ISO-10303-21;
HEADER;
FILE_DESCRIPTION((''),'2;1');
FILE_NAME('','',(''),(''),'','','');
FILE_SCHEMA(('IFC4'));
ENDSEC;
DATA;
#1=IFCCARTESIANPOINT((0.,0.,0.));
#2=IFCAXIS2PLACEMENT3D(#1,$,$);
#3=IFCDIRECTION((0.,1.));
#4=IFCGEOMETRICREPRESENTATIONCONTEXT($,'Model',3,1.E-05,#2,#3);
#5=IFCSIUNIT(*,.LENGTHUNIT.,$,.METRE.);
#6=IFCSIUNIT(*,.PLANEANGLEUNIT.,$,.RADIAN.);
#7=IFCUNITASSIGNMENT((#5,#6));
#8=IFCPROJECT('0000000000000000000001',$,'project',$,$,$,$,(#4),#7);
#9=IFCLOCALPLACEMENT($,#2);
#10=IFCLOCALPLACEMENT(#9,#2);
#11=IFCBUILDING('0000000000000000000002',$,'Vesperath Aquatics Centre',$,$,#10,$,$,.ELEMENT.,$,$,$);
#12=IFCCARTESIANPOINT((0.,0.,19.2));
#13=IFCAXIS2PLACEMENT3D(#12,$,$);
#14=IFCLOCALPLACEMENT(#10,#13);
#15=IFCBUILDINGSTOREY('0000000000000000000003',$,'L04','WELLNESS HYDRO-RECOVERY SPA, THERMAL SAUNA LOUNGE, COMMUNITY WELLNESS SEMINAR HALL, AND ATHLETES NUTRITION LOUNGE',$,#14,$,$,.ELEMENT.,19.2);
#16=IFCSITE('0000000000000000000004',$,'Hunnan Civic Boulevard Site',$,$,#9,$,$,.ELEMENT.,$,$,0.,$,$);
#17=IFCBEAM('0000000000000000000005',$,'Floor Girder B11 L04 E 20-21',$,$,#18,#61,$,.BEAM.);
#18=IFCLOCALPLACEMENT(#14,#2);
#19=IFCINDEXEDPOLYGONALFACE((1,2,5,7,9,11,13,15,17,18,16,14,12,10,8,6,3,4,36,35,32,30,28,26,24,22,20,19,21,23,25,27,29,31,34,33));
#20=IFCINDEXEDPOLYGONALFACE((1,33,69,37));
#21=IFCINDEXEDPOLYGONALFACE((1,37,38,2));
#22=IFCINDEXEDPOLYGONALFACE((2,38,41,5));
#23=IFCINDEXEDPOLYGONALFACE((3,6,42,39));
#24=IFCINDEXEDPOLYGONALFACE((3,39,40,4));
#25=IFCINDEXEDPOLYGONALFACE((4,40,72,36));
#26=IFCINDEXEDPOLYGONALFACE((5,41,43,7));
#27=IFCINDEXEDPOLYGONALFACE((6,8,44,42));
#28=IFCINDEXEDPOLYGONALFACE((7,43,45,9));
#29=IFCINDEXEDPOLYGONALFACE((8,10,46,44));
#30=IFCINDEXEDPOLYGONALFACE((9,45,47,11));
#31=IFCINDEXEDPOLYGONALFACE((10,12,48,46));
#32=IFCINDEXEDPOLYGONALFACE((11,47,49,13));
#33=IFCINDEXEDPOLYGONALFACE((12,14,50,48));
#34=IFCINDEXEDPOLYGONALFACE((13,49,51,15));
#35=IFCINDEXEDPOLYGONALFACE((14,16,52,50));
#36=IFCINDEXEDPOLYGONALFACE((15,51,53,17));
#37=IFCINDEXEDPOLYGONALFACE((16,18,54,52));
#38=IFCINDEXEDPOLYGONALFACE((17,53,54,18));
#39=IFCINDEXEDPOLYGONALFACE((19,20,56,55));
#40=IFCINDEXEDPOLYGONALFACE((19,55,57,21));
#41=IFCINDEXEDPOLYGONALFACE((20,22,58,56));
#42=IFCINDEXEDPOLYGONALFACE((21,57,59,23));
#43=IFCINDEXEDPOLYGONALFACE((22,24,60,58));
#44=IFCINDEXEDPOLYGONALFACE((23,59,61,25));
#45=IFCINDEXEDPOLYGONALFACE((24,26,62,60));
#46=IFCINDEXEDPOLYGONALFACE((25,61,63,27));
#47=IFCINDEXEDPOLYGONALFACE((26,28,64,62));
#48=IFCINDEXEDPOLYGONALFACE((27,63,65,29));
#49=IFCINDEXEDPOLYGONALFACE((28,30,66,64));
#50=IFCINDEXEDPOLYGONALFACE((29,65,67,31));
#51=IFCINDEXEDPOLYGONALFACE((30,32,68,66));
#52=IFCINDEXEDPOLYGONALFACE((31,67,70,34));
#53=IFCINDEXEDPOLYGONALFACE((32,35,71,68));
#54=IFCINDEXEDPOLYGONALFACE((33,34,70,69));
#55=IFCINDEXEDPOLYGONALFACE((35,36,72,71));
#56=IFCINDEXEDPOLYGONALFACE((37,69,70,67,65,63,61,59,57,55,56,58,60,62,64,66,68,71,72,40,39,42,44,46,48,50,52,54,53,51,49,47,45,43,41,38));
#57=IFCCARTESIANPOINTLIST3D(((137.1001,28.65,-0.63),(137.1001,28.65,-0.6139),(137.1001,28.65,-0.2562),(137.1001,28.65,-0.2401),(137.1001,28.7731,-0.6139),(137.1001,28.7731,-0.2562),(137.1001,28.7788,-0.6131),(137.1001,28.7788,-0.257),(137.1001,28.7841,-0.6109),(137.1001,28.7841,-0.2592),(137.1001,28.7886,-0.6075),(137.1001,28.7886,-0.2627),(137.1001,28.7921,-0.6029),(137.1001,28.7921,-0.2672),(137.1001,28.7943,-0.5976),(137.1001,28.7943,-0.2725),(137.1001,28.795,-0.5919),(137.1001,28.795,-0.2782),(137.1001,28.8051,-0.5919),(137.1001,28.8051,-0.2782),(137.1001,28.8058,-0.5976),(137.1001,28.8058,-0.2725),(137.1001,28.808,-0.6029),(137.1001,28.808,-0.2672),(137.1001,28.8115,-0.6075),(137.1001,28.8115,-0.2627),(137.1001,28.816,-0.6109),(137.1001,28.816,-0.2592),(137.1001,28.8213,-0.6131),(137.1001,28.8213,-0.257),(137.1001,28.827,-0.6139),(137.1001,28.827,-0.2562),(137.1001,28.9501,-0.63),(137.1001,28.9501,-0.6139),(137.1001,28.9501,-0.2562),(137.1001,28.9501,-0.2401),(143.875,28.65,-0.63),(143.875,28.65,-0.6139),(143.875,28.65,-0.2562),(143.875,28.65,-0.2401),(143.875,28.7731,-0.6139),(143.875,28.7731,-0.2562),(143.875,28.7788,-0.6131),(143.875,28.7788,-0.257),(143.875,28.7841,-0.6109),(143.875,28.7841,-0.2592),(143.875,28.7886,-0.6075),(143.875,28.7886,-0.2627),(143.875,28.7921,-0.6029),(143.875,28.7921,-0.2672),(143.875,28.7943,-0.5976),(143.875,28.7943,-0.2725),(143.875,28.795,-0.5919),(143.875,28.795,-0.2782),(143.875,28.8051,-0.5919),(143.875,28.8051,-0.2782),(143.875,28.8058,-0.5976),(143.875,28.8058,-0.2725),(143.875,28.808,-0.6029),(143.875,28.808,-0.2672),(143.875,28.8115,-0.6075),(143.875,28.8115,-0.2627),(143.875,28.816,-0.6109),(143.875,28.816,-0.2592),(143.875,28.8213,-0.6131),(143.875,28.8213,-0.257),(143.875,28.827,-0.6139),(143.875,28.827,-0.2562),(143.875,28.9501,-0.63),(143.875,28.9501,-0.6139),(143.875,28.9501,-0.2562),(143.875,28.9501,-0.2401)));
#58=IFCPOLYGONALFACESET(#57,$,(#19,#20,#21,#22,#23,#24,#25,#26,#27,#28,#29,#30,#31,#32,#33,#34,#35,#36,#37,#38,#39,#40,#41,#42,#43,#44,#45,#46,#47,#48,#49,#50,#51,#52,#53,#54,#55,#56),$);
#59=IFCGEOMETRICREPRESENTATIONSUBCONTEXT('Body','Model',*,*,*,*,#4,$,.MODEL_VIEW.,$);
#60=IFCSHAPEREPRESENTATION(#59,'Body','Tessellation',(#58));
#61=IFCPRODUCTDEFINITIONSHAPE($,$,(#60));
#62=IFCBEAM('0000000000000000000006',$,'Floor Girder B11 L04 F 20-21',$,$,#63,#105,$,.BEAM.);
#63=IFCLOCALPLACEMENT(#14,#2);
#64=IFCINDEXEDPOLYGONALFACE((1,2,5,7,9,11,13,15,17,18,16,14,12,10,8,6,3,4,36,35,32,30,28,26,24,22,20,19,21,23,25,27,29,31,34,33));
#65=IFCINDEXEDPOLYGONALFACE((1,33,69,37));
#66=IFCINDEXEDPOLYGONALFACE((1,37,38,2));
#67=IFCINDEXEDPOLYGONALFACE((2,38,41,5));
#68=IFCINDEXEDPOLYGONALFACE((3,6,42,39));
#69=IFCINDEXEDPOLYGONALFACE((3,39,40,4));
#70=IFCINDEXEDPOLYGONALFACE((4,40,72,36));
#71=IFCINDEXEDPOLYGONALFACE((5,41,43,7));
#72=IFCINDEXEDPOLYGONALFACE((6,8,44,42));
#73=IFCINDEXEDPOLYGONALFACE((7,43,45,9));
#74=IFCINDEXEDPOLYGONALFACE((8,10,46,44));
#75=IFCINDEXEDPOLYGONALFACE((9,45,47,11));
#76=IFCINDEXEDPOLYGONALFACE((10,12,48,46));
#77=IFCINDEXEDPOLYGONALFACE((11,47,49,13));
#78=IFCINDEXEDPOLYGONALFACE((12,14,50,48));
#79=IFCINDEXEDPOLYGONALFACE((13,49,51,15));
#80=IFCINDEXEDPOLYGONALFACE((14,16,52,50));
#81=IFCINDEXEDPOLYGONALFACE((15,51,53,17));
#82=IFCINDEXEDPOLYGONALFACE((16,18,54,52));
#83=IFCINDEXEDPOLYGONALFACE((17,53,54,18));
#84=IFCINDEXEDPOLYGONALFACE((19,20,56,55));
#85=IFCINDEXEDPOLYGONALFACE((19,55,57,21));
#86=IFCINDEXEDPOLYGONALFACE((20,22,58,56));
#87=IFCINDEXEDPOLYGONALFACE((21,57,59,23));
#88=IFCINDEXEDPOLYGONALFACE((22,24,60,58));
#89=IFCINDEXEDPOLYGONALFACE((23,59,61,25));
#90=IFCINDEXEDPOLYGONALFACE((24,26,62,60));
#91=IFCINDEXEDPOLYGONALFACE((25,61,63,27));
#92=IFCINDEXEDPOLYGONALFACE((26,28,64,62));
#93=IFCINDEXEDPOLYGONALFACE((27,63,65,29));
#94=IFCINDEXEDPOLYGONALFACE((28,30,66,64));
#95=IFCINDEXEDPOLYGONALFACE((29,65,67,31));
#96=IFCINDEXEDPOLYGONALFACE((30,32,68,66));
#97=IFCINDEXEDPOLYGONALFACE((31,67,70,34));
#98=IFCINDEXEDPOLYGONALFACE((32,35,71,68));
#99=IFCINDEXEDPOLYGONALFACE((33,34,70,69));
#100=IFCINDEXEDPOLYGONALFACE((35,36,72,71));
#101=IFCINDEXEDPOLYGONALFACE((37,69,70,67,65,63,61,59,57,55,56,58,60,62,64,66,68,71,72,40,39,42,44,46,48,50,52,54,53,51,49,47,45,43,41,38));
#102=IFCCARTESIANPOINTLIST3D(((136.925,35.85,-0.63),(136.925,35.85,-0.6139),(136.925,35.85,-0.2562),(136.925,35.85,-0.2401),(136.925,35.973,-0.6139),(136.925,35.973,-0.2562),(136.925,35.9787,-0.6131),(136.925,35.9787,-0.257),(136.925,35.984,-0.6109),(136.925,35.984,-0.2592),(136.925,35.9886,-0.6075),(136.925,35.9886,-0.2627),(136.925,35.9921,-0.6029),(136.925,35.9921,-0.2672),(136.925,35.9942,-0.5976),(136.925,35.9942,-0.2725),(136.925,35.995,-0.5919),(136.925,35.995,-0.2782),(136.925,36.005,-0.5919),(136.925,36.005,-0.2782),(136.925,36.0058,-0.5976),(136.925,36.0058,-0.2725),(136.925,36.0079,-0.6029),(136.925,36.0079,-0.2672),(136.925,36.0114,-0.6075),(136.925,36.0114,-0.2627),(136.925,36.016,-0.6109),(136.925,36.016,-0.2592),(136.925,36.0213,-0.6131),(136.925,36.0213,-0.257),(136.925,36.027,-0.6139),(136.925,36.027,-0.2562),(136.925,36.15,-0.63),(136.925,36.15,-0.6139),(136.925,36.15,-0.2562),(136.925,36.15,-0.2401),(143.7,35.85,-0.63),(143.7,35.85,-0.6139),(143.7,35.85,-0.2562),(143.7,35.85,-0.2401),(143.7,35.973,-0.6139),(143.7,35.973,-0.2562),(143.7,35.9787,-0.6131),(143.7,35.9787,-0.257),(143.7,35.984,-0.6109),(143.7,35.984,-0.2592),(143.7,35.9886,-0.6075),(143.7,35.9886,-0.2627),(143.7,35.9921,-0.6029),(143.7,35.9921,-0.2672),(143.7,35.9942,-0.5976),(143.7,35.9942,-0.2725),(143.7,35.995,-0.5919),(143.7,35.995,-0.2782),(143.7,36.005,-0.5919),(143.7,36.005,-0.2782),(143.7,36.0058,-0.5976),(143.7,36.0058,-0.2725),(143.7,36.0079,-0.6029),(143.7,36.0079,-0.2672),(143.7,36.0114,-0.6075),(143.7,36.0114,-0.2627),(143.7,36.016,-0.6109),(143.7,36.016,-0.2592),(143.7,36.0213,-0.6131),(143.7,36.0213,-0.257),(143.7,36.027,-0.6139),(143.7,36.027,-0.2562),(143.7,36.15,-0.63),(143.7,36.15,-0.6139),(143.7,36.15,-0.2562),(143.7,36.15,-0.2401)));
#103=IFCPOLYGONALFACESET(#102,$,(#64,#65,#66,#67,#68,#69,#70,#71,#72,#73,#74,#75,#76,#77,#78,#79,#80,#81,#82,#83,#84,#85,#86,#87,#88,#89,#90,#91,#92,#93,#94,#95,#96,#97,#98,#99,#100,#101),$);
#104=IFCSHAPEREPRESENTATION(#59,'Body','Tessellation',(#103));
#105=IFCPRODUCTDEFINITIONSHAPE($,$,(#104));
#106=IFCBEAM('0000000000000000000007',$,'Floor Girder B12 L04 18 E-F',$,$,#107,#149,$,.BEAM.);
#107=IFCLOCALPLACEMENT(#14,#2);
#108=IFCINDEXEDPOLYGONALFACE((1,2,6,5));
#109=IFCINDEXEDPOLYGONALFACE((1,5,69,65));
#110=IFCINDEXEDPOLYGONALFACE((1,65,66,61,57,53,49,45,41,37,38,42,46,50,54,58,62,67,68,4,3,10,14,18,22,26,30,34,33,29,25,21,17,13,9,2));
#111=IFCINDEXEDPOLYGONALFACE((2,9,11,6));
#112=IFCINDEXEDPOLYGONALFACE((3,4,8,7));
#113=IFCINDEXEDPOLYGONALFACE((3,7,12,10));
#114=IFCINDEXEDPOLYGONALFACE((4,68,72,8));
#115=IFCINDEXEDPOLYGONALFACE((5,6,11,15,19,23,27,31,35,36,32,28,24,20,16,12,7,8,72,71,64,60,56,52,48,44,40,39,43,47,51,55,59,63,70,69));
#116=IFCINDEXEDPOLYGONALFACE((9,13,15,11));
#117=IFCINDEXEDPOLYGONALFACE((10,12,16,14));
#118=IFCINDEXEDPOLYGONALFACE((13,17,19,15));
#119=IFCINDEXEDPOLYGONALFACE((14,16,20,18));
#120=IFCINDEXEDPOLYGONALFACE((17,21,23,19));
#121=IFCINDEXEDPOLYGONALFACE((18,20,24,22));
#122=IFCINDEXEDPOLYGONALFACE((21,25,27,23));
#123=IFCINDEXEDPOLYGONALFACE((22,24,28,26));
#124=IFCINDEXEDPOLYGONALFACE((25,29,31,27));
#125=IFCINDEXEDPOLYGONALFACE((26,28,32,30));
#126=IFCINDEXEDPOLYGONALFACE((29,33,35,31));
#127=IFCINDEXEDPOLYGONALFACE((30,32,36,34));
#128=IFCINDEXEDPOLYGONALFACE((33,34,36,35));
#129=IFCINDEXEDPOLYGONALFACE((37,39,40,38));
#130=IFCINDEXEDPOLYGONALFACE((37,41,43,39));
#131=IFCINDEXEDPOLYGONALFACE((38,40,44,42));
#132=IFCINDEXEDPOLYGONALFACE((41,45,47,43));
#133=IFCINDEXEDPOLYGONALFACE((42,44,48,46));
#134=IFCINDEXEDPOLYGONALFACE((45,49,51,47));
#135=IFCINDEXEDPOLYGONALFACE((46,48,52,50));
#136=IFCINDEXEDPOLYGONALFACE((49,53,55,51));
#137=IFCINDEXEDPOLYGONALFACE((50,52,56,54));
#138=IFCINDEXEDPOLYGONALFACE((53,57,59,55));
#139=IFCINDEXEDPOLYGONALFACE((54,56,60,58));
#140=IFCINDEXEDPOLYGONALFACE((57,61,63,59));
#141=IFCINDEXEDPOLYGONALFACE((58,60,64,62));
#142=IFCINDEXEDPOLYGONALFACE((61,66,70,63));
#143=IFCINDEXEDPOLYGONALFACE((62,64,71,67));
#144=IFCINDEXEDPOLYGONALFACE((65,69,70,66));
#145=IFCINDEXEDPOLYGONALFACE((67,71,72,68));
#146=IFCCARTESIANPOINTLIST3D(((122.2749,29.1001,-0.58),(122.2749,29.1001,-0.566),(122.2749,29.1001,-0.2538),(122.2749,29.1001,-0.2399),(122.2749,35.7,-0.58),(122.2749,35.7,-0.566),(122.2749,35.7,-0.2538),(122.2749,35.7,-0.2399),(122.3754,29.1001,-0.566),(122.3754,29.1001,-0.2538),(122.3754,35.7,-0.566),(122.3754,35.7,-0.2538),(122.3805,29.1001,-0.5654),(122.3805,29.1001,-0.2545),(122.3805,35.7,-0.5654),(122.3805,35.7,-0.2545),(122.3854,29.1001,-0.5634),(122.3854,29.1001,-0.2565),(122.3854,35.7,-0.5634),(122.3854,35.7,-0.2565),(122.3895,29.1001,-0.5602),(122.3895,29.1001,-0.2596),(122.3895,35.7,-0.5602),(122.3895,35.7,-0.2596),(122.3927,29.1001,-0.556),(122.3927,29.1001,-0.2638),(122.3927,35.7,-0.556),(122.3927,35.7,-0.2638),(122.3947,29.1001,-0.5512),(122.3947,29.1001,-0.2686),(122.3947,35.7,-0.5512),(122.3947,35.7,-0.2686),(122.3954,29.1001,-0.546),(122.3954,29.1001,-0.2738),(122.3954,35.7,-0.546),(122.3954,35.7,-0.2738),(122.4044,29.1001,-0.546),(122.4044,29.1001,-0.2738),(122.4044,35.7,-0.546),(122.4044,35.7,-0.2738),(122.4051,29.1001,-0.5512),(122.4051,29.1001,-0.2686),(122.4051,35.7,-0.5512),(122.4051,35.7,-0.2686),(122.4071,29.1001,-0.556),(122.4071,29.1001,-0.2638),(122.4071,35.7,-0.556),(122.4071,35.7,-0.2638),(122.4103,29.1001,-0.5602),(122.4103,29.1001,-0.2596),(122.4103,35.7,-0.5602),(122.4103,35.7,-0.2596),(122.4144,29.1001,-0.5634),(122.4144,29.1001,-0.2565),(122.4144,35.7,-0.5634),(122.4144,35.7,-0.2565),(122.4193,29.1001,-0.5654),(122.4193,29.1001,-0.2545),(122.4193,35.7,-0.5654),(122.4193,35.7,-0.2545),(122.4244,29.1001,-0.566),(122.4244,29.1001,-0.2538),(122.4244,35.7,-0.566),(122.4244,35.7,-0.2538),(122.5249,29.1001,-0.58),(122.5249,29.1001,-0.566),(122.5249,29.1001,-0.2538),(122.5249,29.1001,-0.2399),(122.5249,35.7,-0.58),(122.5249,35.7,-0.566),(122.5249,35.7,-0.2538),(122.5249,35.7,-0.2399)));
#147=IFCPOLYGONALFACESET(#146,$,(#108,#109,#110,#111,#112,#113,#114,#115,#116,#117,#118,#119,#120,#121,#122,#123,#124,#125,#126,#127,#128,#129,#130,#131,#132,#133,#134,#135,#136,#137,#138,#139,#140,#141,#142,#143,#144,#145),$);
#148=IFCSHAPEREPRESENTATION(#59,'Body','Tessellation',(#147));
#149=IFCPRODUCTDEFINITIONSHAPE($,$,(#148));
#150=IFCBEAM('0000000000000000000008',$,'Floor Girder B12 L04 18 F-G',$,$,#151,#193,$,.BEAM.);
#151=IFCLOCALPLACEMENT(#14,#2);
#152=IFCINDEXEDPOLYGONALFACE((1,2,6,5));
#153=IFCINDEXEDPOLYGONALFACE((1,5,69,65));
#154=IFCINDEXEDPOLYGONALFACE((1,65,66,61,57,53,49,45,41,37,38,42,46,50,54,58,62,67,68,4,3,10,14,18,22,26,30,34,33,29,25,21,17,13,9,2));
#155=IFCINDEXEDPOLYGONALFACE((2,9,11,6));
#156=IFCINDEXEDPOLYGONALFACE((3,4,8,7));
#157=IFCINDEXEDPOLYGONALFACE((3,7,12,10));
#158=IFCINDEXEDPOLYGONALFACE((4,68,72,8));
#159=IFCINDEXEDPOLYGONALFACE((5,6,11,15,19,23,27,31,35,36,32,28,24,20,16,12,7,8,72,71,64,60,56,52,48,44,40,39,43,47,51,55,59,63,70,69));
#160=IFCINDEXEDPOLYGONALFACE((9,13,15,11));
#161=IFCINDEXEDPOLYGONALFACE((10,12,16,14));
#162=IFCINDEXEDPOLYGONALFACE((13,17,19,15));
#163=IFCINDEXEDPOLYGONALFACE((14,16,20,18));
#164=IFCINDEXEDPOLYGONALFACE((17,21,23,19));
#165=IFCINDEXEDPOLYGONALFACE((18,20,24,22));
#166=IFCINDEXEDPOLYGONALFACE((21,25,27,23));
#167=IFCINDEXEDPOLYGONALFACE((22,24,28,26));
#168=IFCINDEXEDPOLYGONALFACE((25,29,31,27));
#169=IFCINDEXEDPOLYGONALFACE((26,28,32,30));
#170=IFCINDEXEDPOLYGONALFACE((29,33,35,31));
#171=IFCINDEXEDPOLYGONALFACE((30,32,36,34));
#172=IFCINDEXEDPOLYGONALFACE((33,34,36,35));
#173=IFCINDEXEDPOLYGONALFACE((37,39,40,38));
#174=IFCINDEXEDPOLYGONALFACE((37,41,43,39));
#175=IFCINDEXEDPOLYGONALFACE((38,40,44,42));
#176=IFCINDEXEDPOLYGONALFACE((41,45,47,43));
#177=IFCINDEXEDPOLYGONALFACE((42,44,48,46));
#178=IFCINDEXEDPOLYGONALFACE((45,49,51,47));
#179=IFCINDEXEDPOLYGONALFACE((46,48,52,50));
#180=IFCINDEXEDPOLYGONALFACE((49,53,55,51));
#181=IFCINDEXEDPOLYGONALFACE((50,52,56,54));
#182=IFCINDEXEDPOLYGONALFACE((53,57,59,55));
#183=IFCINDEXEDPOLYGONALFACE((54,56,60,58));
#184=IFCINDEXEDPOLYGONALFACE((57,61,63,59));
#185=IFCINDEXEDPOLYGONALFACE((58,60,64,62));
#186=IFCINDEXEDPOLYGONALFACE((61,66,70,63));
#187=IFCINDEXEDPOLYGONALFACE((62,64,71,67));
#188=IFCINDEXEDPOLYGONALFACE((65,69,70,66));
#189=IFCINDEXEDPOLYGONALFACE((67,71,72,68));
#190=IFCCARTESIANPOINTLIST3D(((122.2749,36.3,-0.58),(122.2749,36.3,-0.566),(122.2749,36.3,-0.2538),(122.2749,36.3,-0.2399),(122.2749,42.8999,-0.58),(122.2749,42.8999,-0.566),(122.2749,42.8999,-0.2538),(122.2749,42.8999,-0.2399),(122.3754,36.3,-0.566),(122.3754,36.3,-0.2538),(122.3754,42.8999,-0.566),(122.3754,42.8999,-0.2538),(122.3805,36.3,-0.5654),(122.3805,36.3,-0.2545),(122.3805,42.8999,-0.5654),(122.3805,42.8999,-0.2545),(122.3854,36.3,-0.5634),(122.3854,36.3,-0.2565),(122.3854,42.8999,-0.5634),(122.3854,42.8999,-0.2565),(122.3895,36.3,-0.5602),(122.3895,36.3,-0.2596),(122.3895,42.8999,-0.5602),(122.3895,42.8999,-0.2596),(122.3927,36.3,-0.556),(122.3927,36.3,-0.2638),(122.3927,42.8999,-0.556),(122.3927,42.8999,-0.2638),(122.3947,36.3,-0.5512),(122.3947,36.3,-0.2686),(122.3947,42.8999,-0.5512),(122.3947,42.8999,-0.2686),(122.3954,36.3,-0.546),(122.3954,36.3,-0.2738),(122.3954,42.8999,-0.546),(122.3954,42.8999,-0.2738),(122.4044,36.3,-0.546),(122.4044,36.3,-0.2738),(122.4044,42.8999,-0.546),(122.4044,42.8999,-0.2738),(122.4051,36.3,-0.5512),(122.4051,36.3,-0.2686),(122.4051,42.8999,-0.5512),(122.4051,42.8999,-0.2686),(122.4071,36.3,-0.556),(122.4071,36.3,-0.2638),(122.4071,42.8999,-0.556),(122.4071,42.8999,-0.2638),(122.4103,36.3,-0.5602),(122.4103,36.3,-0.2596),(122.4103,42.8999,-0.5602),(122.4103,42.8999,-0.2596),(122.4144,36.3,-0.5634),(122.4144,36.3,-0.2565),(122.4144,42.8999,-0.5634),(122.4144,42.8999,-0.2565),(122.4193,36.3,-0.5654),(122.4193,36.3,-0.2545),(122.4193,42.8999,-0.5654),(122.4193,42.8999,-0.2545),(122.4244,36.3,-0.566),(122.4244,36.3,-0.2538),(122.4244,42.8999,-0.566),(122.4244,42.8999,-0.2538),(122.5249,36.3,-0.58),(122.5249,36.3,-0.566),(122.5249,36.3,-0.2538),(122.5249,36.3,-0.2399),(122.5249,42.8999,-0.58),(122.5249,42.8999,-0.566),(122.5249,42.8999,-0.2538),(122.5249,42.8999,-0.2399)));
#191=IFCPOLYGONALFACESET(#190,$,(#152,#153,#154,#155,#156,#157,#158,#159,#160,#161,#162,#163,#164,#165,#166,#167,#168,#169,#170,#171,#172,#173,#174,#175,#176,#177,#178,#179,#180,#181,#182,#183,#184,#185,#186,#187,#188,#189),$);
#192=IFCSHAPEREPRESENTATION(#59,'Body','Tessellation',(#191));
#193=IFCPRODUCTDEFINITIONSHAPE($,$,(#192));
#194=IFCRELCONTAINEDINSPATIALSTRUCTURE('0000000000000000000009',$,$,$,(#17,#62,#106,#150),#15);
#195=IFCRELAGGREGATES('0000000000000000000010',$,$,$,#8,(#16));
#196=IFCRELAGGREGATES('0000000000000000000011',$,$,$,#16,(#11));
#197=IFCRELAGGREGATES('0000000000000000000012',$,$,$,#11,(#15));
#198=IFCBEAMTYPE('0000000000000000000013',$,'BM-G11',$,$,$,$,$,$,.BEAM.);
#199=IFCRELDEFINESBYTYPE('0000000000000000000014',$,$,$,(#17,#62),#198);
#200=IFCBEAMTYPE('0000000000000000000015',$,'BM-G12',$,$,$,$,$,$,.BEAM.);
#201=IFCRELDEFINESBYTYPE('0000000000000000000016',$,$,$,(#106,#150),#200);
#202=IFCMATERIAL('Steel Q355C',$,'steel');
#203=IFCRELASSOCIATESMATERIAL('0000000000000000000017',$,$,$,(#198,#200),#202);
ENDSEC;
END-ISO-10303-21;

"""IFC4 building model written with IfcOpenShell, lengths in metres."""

from ifc_helpers import new_model, si_unit, direction, frame, origin, origin_2d, place, context, subcontext, project, spatial, i_section, extrude, material, material_profile, profile_set, type_object, element, save


model = new_model("IFC4")

# Units and contexts
model_context = context("Model", 3, precision=1e-05, world=origin(), true_north=direction((0.0, 1.0)))
body_context = subcontext(model_context, "Body", "Model", "MODEL_VIEW")
ifc_project = project(units=[si_unit("LENGTHUNIT", "METRE"), si_unit("PLANEANGLEUNIT", "RADIAN")], contexts=[model_context])

# Site, building, storey
site_placement = place(None, origin())
site = spatial("IfcSite", under=ifc_project, at=site_placement, Name="Hunnan Civic Boulevard Site", CompositionType="ELEMENT", RefElevation=0.0)
building_placement = place(site_placement, origin())
building = spatial("IfcBuilding", under=site, at=building_placement, Name="Vesperath Aquatics Centre", CompositionType="ELEMENT")
storey_placement = place(building_placement, frame((0.0, 0.0, 19.2)))
storey = spatial("IfcBuildingStorey", under=building, at=storey_placement, Name="L04", Description="WELLNESS HYDRO-RECOVERY SPA, THERMAL SAUNA LOUNGE, COMMUNITY WELLNESS SEMINAR HALL, AND ATHLETES NUTRITION LOUNGE", CompositionType="ELEMENT", Elevation=19.2)

# Shared definitions
ifc_material_1 = material(Name="Steel Q355C", Category="steel")

# Beams
ifc_material_profile_1 = material_profile(ifc_material_1, i_section(OverallWidth=0.3, OverallDepth=0.3899, WebThickness=0.01, FlangeThickness=0.0161, FilletRadius=0.022, at=origin_2d()), Name="HM 390x300x10x16")
ifc_profile_set_1 = profile_set([ifc_material_profile_1], Name="Steel Q355C")
beam_type_1 = type_object("IfcBeamType", Name="BM-G11", PredefinedType="BEAM", material=ifc_profile_set_1)
for number, where, z_axis, x_axis, name in (
    (1, (137.1001, 28.8, -0.4351), (1.0, 0.0, 0.0), (0.0, 1.0, 0.0), "Floor Girder B11 L04 E 20-21"),
    (2, (136.925, 36.0, -0.4351), (1.0, 0.0, 0.0), (0.0, 1.0, 0.0), "Floor Girder B11 L04 F 20-21"),
):
    element("IfcBeam", number, at=place(storey_placement, frame(where, z_axis=z_axis, x_axis=x_axis)), inside=storey, type_object=beam_type_1, Name=name, PredefinedType="BEAM", context=body_context, shape_type="SweptSolid", body=[
        extrude(i_section(OverallWidth=0.3, OverallDepth=0.3899, WebThickness=0.01, FlangeThickness=0.0161, FilletRadius=0.022, at=origin_2d()), origin(), (0.0, 0.0, 1.0), 6.7749),
    ])
ifc_material_profile_2 = material_profile(ifc_material_1, i_section(OverallWidth=0.25, OverallDepth=0.3401, WebThickness=0.009, FlangeThickness=0.0139, FilletRadius=0.02, at=origin_2d()), Name="HM 340x250x9x14")
ifc_profile_set_2 = profile_set([ifc_material_profile_2], Name="Steel Q355C")
beam_type_2 = type_object("IfcBeamType", Name="BM-G12", PredefinedType="BEAM", material=ifc_profile_set_2)
for number, where, z_axis, x_axis, name in (
    (3, (122.3999, 29.1001, -0.4099), (0.0, 1.0, 0.0), (-1.0, 0.0, 0.0), "Floor Girder B12 L04 18 E-F"),
    (4, (122.3999, 36.3, -0.4099), (0.0, 1.0, 0.0), (-1.0, 0.0, 0.0), "Floor Girder B12 L04 18 F-G"),
):
    element("IfcBeam", number, at=place(storey_placement, frame(where, z_axis=z_axis, x_axis=x_axis)), inside=storey, type_object=beam_type_2, Name=name, PredefinedType="BEAM", context=body_context, shape_type="SweptSolid", body=[
        extrude(i_section(OverallWidth=0.25, OverallDepth=0.3401, WebThickness=0.009, FlangeThickness=0.0139, FilletRadius=0.02, at=origin_2d()), origin(), (0.0, 0.0, 1.0), 6.5999),
    ])

save(model, "model.ifc")
